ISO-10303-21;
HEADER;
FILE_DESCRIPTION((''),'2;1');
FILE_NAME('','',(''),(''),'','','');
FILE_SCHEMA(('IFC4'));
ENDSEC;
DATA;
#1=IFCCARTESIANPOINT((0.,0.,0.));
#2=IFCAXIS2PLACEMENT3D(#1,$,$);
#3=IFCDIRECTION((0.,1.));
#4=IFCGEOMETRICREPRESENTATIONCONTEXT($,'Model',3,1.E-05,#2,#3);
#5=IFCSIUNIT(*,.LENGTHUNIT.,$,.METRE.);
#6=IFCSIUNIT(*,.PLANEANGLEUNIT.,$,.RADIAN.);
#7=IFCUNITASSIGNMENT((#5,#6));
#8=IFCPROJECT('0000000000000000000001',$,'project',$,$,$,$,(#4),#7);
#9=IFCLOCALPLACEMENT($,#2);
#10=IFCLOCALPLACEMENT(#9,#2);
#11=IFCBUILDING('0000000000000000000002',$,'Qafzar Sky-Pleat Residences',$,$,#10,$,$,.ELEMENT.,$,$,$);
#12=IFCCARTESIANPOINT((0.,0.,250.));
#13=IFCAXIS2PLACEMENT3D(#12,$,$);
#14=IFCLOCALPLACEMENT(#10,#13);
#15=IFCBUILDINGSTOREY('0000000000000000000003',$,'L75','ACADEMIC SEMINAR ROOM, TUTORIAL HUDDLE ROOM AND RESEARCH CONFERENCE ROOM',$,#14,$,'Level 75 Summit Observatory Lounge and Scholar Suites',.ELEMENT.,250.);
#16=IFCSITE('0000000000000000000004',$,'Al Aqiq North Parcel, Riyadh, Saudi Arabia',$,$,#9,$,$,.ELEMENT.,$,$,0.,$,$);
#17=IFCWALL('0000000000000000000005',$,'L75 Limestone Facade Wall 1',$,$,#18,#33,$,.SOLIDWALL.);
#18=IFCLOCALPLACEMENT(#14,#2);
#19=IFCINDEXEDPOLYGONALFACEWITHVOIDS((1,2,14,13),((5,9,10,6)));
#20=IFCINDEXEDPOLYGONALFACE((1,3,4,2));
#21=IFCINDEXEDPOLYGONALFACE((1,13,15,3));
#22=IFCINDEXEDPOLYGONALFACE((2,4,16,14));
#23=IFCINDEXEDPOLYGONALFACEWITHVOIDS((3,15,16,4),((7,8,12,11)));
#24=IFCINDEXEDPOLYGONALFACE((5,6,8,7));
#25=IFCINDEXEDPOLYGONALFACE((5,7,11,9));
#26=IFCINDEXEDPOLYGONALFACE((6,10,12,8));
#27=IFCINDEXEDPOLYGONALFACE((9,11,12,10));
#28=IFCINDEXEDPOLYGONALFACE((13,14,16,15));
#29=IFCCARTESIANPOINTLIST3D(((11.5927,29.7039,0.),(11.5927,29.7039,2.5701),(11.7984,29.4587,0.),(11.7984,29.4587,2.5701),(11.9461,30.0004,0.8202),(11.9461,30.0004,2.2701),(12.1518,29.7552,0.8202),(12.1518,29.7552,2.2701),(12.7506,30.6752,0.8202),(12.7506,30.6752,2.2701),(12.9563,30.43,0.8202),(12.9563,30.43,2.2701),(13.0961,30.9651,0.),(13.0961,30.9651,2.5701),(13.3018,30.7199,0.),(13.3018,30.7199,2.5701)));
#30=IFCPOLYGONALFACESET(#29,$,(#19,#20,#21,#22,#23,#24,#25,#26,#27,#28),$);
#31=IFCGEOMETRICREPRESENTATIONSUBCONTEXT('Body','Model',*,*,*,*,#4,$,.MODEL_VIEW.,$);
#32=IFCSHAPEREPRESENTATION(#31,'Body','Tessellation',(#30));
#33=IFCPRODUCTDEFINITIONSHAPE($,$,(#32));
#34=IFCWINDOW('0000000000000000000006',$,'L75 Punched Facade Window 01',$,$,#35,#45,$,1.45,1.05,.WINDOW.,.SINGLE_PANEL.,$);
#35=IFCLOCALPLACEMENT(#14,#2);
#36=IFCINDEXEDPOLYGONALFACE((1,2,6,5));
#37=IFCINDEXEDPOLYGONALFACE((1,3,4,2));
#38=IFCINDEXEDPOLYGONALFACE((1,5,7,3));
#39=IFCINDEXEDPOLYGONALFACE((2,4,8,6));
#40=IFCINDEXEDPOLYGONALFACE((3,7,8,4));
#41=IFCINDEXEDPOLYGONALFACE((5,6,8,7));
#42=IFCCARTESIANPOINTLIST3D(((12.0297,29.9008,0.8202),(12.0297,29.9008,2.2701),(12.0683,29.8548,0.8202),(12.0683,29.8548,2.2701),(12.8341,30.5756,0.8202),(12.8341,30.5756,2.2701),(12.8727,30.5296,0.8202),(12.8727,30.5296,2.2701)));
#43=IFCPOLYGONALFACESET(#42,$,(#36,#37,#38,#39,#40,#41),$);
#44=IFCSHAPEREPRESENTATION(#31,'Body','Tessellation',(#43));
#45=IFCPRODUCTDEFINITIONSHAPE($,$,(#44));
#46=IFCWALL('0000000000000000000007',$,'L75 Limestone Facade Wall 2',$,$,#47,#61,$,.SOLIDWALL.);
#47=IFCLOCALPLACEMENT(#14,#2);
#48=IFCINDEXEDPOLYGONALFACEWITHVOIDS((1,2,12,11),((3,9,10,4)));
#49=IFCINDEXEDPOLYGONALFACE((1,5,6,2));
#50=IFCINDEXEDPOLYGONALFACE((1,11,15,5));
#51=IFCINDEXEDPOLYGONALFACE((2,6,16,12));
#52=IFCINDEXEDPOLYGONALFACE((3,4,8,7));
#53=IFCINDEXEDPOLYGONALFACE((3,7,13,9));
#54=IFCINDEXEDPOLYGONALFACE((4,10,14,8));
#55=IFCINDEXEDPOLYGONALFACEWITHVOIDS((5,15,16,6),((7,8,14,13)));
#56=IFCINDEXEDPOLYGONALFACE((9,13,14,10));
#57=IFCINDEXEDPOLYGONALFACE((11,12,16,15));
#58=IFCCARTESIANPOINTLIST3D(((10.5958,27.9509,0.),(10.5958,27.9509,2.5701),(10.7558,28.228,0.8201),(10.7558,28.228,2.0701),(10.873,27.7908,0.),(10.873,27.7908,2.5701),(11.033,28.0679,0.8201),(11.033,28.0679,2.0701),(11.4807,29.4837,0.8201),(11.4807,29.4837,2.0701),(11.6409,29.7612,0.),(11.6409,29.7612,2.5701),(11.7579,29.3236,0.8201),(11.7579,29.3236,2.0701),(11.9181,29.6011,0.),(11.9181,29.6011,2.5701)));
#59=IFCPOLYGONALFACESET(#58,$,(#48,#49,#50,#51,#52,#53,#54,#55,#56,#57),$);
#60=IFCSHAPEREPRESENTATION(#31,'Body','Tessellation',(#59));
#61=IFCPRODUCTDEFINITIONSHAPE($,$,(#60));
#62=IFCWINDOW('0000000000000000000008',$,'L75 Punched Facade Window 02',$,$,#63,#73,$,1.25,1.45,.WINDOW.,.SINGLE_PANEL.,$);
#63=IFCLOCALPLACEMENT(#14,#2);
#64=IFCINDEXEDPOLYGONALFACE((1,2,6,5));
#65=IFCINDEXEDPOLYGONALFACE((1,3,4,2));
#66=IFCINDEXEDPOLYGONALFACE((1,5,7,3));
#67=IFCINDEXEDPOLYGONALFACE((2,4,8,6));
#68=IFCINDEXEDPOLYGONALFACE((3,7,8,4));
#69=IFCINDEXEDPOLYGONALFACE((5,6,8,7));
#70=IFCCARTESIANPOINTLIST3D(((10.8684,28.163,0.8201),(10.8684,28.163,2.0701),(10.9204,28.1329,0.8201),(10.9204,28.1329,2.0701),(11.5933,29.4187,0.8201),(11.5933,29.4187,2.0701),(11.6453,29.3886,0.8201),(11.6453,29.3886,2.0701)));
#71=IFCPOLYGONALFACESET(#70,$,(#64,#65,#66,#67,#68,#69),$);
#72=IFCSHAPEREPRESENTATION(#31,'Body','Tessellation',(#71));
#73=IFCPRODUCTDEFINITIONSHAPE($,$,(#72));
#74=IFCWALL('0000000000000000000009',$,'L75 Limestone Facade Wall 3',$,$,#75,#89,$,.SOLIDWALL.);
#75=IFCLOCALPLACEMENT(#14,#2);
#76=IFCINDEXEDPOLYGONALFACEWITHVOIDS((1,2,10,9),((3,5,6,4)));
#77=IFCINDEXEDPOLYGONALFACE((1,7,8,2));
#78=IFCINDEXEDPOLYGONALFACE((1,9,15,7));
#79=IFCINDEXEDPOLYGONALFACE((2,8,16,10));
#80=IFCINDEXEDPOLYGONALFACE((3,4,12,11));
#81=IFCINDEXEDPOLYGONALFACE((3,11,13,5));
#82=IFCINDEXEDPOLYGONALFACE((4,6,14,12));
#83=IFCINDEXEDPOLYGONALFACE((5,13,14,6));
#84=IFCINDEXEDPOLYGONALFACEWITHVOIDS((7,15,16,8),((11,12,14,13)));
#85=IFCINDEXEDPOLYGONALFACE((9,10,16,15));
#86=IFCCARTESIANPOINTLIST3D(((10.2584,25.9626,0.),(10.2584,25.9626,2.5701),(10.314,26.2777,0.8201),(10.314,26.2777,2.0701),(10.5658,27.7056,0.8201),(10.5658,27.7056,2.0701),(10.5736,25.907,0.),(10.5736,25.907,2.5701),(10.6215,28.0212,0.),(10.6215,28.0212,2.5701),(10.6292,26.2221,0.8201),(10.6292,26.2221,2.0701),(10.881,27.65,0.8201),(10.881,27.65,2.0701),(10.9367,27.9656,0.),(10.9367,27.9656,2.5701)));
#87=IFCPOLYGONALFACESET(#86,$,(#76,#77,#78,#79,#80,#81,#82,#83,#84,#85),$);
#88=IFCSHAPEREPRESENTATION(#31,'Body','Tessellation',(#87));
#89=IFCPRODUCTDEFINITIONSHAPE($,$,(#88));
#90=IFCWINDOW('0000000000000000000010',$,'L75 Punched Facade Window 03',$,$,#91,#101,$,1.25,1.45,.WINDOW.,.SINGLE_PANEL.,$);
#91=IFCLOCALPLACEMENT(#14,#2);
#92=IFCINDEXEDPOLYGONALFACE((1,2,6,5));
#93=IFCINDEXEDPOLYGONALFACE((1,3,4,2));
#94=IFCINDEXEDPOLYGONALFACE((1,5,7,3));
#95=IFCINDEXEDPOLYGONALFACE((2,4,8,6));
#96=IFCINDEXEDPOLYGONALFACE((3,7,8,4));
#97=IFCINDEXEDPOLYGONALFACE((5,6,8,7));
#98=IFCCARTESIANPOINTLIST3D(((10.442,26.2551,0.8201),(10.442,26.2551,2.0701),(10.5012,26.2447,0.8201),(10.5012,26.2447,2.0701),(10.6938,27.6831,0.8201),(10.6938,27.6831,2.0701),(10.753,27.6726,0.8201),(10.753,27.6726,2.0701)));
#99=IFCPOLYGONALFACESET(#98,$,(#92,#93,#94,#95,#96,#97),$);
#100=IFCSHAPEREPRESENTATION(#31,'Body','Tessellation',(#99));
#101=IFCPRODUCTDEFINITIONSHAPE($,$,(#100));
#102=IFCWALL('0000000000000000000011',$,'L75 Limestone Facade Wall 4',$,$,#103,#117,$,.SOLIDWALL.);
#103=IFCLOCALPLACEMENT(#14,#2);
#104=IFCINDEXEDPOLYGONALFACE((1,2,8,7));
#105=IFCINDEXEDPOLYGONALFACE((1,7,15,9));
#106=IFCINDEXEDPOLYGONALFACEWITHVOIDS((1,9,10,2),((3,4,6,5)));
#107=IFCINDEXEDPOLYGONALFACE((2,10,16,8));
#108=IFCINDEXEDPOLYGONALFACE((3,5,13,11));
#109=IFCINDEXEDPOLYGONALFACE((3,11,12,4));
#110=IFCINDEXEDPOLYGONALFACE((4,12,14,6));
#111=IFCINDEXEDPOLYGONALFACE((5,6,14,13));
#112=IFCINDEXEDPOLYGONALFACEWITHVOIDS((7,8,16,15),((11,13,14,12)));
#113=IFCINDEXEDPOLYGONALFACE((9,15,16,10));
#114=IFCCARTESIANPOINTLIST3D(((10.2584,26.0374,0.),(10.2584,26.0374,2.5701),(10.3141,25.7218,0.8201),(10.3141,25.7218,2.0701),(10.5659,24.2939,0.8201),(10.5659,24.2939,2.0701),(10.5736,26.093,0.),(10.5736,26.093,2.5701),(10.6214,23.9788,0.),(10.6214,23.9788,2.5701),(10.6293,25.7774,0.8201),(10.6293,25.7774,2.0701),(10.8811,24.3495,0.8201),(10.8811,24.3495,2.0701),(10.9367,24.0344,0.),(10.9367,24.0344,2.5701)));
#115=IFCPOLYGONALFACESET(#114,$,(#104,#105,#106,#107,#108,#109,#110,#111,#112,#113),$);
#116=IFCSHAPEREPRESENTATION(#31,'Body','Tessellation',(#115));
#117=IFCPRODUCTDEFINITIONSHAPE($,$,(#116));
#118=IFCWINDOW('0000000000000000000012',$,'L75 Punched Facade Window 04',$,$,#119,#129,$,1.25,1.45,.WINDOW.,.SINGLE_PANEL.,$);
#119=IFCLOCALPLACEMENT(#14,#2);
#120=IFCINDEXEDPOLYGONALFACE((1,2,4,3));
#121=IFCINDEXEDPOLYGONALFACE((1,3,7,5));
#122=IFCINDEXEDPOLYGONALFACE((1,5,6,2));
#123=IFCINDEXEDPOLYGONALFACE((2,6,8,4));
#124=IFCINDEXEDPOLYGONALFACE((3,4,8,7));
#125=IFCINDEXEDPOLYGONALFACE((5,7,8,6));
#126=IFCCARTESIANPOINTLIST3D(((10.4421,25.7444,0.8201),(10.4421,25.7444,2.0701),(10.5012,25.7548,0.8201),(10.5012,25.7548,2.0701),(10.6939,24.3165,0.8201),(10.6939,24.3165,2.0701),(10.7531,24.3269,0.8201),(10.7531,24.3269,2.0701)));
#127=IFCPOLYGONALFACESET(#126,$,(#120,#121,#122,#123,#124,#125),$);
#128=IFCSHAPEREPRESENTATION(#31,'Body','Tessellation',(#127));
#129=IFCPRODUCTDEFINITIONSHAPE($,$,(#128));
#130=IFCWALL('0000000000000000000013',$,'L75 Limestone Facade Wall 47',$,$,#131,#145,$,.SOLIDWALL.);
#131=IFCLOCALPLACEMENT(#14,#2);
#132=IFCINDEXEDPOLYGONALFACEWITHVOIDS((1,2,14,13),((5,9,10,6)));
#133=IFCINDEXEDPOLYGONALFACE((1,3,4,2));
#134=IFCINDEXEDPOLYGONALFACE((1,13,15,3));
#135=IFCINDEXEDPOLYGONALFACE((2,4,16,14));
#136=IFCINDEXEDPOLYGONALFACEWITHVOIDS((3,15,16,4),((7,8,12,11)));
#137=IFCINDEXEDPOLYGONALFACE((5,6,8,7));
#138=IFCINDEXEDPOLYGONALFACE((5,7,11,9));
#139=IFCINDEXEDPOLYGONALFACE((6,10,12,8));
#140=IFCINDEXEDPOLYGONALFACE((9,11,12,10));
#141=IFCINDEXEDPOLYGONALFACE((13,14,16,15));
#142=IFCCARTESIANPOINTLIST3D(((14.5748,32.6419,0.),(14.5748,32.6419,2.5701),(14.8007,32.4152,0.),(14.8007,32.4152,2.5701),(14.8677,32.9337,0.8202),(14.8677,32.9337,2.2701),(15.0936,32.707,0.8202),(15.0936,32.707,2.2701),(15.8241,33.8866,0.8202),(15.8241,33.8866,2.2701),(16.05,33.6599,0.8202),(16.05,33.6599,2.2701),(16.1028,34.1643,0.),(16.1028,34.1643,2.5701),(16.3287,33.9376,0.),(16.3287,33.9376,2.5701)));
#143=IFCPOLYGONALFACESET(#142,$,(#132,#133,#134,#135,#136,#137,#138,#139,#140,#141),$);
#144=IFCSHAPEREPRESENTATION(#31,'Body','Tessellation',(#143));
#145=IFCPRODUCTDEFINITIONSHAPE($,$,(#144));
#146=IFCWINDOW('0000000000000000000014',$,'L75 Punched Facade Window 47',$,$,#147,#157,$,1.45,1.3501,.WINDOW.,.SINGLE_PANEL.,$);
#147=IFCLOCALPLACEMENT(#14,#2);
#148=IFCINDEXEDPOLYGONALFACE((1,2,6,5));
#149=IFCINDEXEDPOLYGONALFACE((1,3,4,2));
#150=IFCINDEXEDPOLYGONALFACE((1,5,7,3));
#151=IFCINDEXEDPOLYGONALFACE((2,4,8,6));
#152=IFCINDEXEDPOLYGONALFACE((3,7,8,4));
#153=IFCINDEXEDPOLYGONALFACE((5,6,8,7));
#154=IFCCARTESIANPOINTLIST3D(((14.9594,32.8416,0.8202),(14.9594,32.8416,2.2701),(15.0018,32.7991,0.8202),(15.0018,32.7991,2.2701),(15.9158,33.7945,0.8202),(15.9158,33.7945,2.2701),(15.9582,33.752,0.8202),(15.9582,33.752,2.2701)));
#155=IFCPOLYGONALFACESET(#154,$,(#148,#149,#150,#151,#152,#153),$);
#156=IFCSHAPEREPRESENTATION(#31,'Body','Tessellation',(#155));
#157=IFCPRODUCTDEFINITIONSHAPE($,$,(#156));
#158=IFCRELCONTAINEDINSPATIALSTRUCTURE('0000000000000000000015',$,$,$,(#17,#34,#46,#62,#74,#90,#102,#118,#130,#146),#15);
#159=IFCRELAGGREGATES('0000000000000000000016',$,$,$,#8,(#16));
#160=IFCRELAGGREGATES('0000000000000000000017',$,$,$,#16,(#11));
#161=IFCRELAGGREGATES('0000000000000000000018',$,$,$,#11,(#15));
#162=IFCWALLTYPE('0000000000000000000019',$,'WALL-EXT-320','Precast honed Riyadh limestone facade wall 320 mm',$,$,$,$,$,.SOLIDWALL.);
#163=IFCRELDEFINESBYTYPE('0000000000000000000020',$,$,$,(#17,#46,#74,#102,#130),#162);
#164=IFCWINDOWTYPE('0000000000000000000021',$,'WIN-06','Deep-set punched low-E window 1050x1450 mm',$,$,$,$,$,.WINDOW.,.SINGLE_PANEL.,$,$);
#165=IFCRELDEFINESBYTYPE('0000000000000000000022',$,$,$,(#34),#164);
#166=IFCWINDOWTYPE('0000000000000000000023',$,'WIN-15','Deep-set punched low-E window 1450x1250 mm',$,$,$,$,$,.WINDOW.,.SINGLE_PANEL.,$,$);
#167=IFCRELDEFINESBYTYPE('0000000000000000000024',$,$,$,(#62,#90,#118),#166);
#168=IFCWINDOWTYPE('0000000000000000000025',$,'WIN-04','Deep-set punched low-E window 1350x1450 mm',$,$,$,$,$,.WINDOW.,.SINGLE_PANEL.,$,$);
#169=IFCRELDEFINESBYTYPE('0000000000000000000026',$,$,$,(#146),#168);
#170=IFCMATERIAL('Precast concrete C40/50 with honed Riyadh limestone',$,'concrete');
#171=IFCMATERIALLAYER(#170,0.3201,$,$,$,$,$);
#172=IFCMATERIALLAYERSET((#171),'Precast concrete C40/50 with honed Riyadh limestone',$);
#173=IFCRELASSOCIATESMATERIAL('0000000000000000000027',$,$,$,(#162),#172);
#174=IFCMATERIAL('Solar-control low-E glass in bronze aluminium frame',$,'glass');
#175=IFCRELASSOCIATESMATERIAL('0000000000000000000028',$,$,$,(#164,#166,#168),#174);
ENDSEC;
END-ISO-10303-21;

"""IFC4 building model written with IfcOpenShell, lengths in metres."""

from ifc_helpers import new_model, si_unit, direction, frame, frame_2d, origin, place, context, subcontext, project, spatial, rectangle, extrude, source, transform, mapped, material, layer, layer_set, type_object, element, fill, save


model = new_model("IFC4")

# Units and contexts
model_context = context("Model", 3, precision=1e-05, world=origin(), true_north=direction((0.0, 1.0)))
body_context = subcontext(model_context, "Body", "Model", "MODEL_VIEW")
ifc_project = project(units=[si_unit("LENGTHUNIT", "METRE"), si_unit("PLANEANGLEUNIT", "RADIAN")], contexts=[model_context])

# Site, building, storey
site_placement = place(None, origin())
site = spatial("IfcSite", under=ifc_project, at=site_placement, Name="Al Aqiq North Parcel, Riyadh, Saudi Arabia", CompositionType="ELEMENT", RefElevation=0.0)
building_placement = place(site_placement, origin())
building = spatial("IfcBuilding", under=site, at=building_placement, Name="Qafzar Sky-Pleat Residences", CompositionType="ELEMENT")
storey_placement = place(building_placement, frame((0.0, 0.0, 250.0)))
storey = spatial("IfcBuildingStorey", under=building, at=storey_placement, Name="L75", Description="ACADEMIC SEMINAR ROOM, TUTORIAL HUDDLE ROOM AND RESEARCH CONFERENCE ROOM", LongName="Level 75 Summit Observatory Lounge and Scholar Suites", CompositionType="ELEMENT", Elevation=250.0)

# Walls, openings, windows
ifc_material_1 = material(Name="Precast concrete C40/50 with honed Riyadh limestone", Category="concrete")
ifc_layer_1 = layer(ifc_material_1, 0.3201)
ifc_layer_set_1 = layer_set([ifc_layer_1], Name="Precast concrete C40/50 with honed Riyadh limestone")
wall_type_1 = type_object("IfcWallType", Name="WALL-EXT-320", Description="Precast honed Riyadh limestone facade wall 320 mm", PredefinedType="SOLIDWALL", material=ifc_layer_set_1)
wall_1_placement = place(storey_placement, frame((13.199, 30.8425, 0.0), z_axis=(0.0, 0.0, 1.0), x_axis=(-0.766116, -0.642702, 0.0)))
wall_1 = element("IfcWall", 1, at=wall_1_placement, inside=storey, type_object=wall_type_1, Name="L75 Limestone Facade Wall 1", PredefinedType="SOLIDWALL", context=body_context, shape_type="SweptSolid", body=[
    extrude(rectangle(XDim=1.9624, YDim=0.3201, at=frame_2d((0.9812, 0.0))), origin(), (0.0, 0.0, 1.0), 2.5701),
])
opening_1_placement = place(wall_1_placement, frame((0.4512, 0.0, 0.8201)))
opening_1 = element("IfcOpeningElement", 2, at=opening_1_placement, cuts=wall_1, PredefinedType="OPENING", context=body_context, shape_type="SweptSolid", body=[
    extrude(rectangle(XDim=1.05, YDim=1.45, at=frame_2d((0.5249, 0.7251))), frame((0.0, 0.1699, 0.0), z_axis=(0.0, -1.0, 0.0), x_axis=(1.0, 0.0, 0.0)), (0.0, 0.0, 1.0), 0.3401),
])
ifc_material_2 = material(Name="Solar-control low-E glass in bronze aluminium frame", Category="glass")
window_type_1 = type_object("IfcWindowType", Name="WIN-06", Description="Deep-set punched low-E window 1050x1450 mm", PartitioningType="SINGLE_PANEL", PredefinedType="WINDOW", material=ifc_material_2)
shared_shape_1 = source(origin(), body_context, "Body", "SweptSolid", [
    extrude(rectangle(XDim=1.05, YDim=1.45, at=frame_2d((0.5249, 0.7251))), frame((0.0, 0.03, 0.0), z_axis=(0.0, -1.0, 0.0), x_axis=(1.0, 0.0, 0.0)), (0.0, 0.0, 1.0), 0.0601),
])
window_1_placement = place(opening_1_placement, origin())
window_1 = element("IfcWindow", 3, at=window_1_placement, inside=storey, type_object=window_type_1, Name="L75 Punched Facade Window 01", OverallHeight=1.45, OverallWidth=1.05, PartitioningType="SINGLE_PANEL", PredefinedType="WINDOW", context=body_context, shape_type="MappedRepresentation", body=[
    mapped(shared_shape_1, transform((0.0, 0.0, 0.0), x_axis=(1.0, 0.0, 0.0), y_axis=(0.0, 1.0, 0.0), z_axis=(0.0, 0.0, 1.0), scale=1.0)),
])
fill(opening_1, window_1)
wall_2_placement = place(storey_placement, frame((11.7795, 29.6812, 0.0), z_axis=(0.0, 0.0, 1.0), x_axis=(-0.499995, -0.866028, 0.0)))
wall_2 = element("IfcWall", 4, at=wall_2_placement, inside=storey, type_object=wall_type_1, Name="L75 Limestone Facade Wall 2", PredefinedType="SOLIDWALL", context=body_context, shape_type="SweptSolid", body=[
    extrude(rectangle(XDim=2.0903, YDim=0.3201, at=frame_2d((1.0452, 0.0))), origin(), (0.0, 0.0, 1.0), 2.5701),
])
opening_2_placement = place(wall_2_placement, frame((0.3203, 0.0, 0.8201)))
opening_2 = element("IfcOpeningElement", 5, at=opening_2_placement, cuts=wall_2, PredefinedType="OPENING", context=body_context, shape_type="SweptSolid", body=[
    extrude(rectangle(XDim=1.45, YDim=1.25, at=frame_2d((0.7251, 0.625))), frame((0.0, 0.1699, 0.0), z_axis=(0.0, -1.0, 0.0), x_axis=(1.0, 0.0, 0.0)), (0.0, 0.0, 1.0), 0.3401),
])
window_type_2 = type_object("IfcWindowType", Name="WIN-15", Description="Deep-set punched low-E window 1450x1250 mm", PartitioningType="SINGLE_PANEL", PredefinedType="WINDOW", material=ifc_material_2)
shared_shape_2 = source(origin(), body_context, "Body", "SweptSolid", [
    extrude(rectangle(XDim=1.45, YDim=1.25, at=frame_2d((0.7251, 0.625))), frame((0.0, 0.03, 0.0), z_axis=(0.0, -1.0, 0.0), x_axis=(1.0, 0.0, 0.0)), (0.0, 0.0, 1.0), 0.0601),
])
window_2_placement = place(opening_2_placement, origin())
window_2 = element("IfcWindow", 6, at=window_2_placement, inside=storey, type_object=window_type_2, Name="L75 Punched Facade Window 02", OverallHeight=1.25, OverallWidth=1.45, PartitioningType="SINGLE_PANEL", PredefinedType="WINDOW", context=body_context, shape_type="MappedRepresentation", body=[
    mapped(shared_shape_2, transform((0.0, 0.0, 0.0), x_axis=(1.0, 0.0, 0.0), y_axis=(0.0, 1.0, 0.0), z_axis=(0.0, 0.0, 1.0), scale=1.0)),
])
fill(opening_2, window_2)
wall_3_placement = place(storey_placement, frame((10.7791, 27.9934, 0.0), z_axis=(0.0, 0.0, 1.0), x_axis=(-0.173672, -0.984804, 0.0)))
wall_3 = element("IfcWall", 7, at=wall_3_placement, inside=storey, type_object=wall_type_1, Name="L75 Limestone Facade Wall 3", PredefinedType="SOLIDWALL", context=body_context, shape_type="SweptSolid", body=[
    extrude(rectangle(XDim=2.0903, YDim=0.3201, at=frame_2d((1.0452, 0.0))), origin(), (0.0, 0.0, 1.0), 2.5701),
])
opening_3_placement = place(wall_3_placement, frame((0.3203, 0.0, 0.8201)))
opening_3 = element("IfcOpeningElement", 8, at=opening_3_placement, cuts=wall_3, PredefinedType="OPENING", context=body_context, shape_type="SweptSolid", body=[
    extrude(rectangle(XDim=1.45, YDim=1.25, at=frame_2d((0.7251, 0.625))), frame((0.0, 0.1699, 0.0), z_axis=(0.0, -1.0, 0.0), x_axis=(1.0, 0.0, 0.0)), (0.0, 0.0, 1.0), 0.3401),
])
window_3_placement = place(opening_3_placement, origin())
window_3 = element("IfcWindow", 9, at=window_3_placement, inside=storey, type_object=window_type_2, Name="L75 Punched Facade Window 03", OverallHeight=1.25, OverallWidth=1.45, PartitioningType="SINGLE_PANEL", PredefinedType="WINDOW", context=body_context, shape_type="MappedRepresentation", body=[
    mapped(shared_shape_2, transform((0.0, 0.0, 0.0), x_axis=(1.0, 0.0, 0.0), y_axis=(0.0, 1.0, 0.0), z_axis=(0.0, 0.0, 1.0), scale=1.0)),
])
fill(opening_3, window_3)
wall_4_placement = place(storey_placement, frame((10.416, 26.0652, 0.0), z_axis=(0.0, 0.0, 1.0), x_axis=(0.173672, -0.984804, 0.0)))
wall_4 = element("IfcWall", 10, at=wall_4_placement, inside=storey, type_object=wall_type_1, Name="L75 Limestone Facade Wall 4", PredefinedType="SOLIDWALL", context=body_context, shape_type="SweptSolid", body=[
    extrude(rectangle(XDim=2.0903, YDim=0.3201, at=frame_2d((1.0452, 0.0))), origin(), (0.0, 0.0, 1.0), 2.5701),
])
opening_4_placement = place(wall_4_placement, frame((0.3203, 0.0, 0.8201)))
opening_4 = element("IfcOpeningElement", 11, at=opening_4_placement, cuts=wall_4, PredefinedType="OPENING", context=body_context, shape_type="SweptSolid", body=[
    extrude(rectangle(XDim=1.45, YDim=1.25, at=frame_2d((0.7251, 0.625))), frame((0.0, 0.1699, 0.0), z_axis=(0.0, -1.0, 0.0), x_axis=(1.0, 0.0, 0.0)), (0.0, 0.0, 1.0), 0.3401),
])
window_4_placement = place(opening_4_placement, origin())
window_4 = element("IfcWindow", 12, at=window_4_placement, inside=storey, type_object=window_type_2, Name="L75 Punched Facade Window 04", OverallHeight=1.25, OverallWidth=1.45, PartitioningType="SINGLE_PANEL", PredefinedType="WINDOW", context=body_context, shape_type="MappedRepresentation", body=[
    mapped(shared_shape_2, transform((0.0, 0.0, 0.0), x_axis=(1.0, 0.0, 0.0), y_axis=(0.0, 1.0, 0.0), z_axis=(0.0, 0.0, 1.0), scale=1.0)),
])
fill(opening_4, window_4)
wall_5_placement = place(storey_placement, frame((16.2158, 34.051, 0.0), z_axis=(0.0, 0.0, 1.0), x_axis=(-0.708407, -0.705804, 0.0)))
wall_5 = element("IfcWall", 13, at=wall_5_placement, inside=storey, type_object=wall_type_1, Name="L75 Limestone Facade Wall 47", PredefinedType="SOLIDWALL", context=body_context, shape_type="SweptSolid", body=[
    extrude(rectangle(XDim=2.157, YDim=0.3201, at=frame_2d((1.0786, 0.0))), origin(), (0.0, 0.0, 1.0), 2.5701),
])
opening_5_placement = place(wall_5_placement, frame((0.3936, 0.0, 0.8201)))
opening_5 = element("IfcOpeningElement", 14, at=opening_5_placement, cuts=wall_5, PredefinedType="OPENING", context=body_context, shape_type="SweptSolid", body=[
    extrude(rectangle(XDim=1.3501, YDim=1.45, at=frame_2d((0.675, 0.7251))), frame((0.0, 0.1699, 0.0), z_axis=(0.0, -1.0, 0.0), x_axis=(1.0, 0.0, 0.0)), (0.0, 0.0, 1.0), 0.3401),
])
window_type_3 = type_object("IfcWindowType", Name="WIN-04", Description="Deep-set punched low-E window 1350x1450 mm", PartitioningType="SINGLE_PANEL", PredefinedType="WINDOW", material=ifc_material_2)
shared_shape_3 = source(origin(), body_context, "Body", "SweptSolid", [
    extrude(rectangle(XDim=1.3501, YDim=1.45, at=frame_2d((0.675, 0.7251))), frame((0.0, 0.03, 0.0), z_axis=(0.0, -1.0, 0.0), x_axis=(1.0, 0.0, 0.0)), (0.0, 0.0, 1.0), 0.0601),
])
window_5_placement = place(opening_5_placement, origin())
window_5 = element("IfcWindow", 15, at=window_5_placement, inside=storey, type_object=window_type_3, Name="L75 Punched Facade Window 47", OverallHeight=1.45, OverallWidth=1.3501, PartitioningType="SINGLE_PANEL", PredefinedType="WINDOW", context=body_context, shape_type="MappedRepresentation", body=[
    mapped(shared_shape_3, transform((0.0, 0.0, 0.0), x_axis=(1.0, 0.0, 0.0), y_axis=(0.0, 1.0, 0.0), z_axis=(0.0, 0.0, 1.0), scale=1.0)),
])
fill(opening_5, window_5)

save(model, "model.ifc")
